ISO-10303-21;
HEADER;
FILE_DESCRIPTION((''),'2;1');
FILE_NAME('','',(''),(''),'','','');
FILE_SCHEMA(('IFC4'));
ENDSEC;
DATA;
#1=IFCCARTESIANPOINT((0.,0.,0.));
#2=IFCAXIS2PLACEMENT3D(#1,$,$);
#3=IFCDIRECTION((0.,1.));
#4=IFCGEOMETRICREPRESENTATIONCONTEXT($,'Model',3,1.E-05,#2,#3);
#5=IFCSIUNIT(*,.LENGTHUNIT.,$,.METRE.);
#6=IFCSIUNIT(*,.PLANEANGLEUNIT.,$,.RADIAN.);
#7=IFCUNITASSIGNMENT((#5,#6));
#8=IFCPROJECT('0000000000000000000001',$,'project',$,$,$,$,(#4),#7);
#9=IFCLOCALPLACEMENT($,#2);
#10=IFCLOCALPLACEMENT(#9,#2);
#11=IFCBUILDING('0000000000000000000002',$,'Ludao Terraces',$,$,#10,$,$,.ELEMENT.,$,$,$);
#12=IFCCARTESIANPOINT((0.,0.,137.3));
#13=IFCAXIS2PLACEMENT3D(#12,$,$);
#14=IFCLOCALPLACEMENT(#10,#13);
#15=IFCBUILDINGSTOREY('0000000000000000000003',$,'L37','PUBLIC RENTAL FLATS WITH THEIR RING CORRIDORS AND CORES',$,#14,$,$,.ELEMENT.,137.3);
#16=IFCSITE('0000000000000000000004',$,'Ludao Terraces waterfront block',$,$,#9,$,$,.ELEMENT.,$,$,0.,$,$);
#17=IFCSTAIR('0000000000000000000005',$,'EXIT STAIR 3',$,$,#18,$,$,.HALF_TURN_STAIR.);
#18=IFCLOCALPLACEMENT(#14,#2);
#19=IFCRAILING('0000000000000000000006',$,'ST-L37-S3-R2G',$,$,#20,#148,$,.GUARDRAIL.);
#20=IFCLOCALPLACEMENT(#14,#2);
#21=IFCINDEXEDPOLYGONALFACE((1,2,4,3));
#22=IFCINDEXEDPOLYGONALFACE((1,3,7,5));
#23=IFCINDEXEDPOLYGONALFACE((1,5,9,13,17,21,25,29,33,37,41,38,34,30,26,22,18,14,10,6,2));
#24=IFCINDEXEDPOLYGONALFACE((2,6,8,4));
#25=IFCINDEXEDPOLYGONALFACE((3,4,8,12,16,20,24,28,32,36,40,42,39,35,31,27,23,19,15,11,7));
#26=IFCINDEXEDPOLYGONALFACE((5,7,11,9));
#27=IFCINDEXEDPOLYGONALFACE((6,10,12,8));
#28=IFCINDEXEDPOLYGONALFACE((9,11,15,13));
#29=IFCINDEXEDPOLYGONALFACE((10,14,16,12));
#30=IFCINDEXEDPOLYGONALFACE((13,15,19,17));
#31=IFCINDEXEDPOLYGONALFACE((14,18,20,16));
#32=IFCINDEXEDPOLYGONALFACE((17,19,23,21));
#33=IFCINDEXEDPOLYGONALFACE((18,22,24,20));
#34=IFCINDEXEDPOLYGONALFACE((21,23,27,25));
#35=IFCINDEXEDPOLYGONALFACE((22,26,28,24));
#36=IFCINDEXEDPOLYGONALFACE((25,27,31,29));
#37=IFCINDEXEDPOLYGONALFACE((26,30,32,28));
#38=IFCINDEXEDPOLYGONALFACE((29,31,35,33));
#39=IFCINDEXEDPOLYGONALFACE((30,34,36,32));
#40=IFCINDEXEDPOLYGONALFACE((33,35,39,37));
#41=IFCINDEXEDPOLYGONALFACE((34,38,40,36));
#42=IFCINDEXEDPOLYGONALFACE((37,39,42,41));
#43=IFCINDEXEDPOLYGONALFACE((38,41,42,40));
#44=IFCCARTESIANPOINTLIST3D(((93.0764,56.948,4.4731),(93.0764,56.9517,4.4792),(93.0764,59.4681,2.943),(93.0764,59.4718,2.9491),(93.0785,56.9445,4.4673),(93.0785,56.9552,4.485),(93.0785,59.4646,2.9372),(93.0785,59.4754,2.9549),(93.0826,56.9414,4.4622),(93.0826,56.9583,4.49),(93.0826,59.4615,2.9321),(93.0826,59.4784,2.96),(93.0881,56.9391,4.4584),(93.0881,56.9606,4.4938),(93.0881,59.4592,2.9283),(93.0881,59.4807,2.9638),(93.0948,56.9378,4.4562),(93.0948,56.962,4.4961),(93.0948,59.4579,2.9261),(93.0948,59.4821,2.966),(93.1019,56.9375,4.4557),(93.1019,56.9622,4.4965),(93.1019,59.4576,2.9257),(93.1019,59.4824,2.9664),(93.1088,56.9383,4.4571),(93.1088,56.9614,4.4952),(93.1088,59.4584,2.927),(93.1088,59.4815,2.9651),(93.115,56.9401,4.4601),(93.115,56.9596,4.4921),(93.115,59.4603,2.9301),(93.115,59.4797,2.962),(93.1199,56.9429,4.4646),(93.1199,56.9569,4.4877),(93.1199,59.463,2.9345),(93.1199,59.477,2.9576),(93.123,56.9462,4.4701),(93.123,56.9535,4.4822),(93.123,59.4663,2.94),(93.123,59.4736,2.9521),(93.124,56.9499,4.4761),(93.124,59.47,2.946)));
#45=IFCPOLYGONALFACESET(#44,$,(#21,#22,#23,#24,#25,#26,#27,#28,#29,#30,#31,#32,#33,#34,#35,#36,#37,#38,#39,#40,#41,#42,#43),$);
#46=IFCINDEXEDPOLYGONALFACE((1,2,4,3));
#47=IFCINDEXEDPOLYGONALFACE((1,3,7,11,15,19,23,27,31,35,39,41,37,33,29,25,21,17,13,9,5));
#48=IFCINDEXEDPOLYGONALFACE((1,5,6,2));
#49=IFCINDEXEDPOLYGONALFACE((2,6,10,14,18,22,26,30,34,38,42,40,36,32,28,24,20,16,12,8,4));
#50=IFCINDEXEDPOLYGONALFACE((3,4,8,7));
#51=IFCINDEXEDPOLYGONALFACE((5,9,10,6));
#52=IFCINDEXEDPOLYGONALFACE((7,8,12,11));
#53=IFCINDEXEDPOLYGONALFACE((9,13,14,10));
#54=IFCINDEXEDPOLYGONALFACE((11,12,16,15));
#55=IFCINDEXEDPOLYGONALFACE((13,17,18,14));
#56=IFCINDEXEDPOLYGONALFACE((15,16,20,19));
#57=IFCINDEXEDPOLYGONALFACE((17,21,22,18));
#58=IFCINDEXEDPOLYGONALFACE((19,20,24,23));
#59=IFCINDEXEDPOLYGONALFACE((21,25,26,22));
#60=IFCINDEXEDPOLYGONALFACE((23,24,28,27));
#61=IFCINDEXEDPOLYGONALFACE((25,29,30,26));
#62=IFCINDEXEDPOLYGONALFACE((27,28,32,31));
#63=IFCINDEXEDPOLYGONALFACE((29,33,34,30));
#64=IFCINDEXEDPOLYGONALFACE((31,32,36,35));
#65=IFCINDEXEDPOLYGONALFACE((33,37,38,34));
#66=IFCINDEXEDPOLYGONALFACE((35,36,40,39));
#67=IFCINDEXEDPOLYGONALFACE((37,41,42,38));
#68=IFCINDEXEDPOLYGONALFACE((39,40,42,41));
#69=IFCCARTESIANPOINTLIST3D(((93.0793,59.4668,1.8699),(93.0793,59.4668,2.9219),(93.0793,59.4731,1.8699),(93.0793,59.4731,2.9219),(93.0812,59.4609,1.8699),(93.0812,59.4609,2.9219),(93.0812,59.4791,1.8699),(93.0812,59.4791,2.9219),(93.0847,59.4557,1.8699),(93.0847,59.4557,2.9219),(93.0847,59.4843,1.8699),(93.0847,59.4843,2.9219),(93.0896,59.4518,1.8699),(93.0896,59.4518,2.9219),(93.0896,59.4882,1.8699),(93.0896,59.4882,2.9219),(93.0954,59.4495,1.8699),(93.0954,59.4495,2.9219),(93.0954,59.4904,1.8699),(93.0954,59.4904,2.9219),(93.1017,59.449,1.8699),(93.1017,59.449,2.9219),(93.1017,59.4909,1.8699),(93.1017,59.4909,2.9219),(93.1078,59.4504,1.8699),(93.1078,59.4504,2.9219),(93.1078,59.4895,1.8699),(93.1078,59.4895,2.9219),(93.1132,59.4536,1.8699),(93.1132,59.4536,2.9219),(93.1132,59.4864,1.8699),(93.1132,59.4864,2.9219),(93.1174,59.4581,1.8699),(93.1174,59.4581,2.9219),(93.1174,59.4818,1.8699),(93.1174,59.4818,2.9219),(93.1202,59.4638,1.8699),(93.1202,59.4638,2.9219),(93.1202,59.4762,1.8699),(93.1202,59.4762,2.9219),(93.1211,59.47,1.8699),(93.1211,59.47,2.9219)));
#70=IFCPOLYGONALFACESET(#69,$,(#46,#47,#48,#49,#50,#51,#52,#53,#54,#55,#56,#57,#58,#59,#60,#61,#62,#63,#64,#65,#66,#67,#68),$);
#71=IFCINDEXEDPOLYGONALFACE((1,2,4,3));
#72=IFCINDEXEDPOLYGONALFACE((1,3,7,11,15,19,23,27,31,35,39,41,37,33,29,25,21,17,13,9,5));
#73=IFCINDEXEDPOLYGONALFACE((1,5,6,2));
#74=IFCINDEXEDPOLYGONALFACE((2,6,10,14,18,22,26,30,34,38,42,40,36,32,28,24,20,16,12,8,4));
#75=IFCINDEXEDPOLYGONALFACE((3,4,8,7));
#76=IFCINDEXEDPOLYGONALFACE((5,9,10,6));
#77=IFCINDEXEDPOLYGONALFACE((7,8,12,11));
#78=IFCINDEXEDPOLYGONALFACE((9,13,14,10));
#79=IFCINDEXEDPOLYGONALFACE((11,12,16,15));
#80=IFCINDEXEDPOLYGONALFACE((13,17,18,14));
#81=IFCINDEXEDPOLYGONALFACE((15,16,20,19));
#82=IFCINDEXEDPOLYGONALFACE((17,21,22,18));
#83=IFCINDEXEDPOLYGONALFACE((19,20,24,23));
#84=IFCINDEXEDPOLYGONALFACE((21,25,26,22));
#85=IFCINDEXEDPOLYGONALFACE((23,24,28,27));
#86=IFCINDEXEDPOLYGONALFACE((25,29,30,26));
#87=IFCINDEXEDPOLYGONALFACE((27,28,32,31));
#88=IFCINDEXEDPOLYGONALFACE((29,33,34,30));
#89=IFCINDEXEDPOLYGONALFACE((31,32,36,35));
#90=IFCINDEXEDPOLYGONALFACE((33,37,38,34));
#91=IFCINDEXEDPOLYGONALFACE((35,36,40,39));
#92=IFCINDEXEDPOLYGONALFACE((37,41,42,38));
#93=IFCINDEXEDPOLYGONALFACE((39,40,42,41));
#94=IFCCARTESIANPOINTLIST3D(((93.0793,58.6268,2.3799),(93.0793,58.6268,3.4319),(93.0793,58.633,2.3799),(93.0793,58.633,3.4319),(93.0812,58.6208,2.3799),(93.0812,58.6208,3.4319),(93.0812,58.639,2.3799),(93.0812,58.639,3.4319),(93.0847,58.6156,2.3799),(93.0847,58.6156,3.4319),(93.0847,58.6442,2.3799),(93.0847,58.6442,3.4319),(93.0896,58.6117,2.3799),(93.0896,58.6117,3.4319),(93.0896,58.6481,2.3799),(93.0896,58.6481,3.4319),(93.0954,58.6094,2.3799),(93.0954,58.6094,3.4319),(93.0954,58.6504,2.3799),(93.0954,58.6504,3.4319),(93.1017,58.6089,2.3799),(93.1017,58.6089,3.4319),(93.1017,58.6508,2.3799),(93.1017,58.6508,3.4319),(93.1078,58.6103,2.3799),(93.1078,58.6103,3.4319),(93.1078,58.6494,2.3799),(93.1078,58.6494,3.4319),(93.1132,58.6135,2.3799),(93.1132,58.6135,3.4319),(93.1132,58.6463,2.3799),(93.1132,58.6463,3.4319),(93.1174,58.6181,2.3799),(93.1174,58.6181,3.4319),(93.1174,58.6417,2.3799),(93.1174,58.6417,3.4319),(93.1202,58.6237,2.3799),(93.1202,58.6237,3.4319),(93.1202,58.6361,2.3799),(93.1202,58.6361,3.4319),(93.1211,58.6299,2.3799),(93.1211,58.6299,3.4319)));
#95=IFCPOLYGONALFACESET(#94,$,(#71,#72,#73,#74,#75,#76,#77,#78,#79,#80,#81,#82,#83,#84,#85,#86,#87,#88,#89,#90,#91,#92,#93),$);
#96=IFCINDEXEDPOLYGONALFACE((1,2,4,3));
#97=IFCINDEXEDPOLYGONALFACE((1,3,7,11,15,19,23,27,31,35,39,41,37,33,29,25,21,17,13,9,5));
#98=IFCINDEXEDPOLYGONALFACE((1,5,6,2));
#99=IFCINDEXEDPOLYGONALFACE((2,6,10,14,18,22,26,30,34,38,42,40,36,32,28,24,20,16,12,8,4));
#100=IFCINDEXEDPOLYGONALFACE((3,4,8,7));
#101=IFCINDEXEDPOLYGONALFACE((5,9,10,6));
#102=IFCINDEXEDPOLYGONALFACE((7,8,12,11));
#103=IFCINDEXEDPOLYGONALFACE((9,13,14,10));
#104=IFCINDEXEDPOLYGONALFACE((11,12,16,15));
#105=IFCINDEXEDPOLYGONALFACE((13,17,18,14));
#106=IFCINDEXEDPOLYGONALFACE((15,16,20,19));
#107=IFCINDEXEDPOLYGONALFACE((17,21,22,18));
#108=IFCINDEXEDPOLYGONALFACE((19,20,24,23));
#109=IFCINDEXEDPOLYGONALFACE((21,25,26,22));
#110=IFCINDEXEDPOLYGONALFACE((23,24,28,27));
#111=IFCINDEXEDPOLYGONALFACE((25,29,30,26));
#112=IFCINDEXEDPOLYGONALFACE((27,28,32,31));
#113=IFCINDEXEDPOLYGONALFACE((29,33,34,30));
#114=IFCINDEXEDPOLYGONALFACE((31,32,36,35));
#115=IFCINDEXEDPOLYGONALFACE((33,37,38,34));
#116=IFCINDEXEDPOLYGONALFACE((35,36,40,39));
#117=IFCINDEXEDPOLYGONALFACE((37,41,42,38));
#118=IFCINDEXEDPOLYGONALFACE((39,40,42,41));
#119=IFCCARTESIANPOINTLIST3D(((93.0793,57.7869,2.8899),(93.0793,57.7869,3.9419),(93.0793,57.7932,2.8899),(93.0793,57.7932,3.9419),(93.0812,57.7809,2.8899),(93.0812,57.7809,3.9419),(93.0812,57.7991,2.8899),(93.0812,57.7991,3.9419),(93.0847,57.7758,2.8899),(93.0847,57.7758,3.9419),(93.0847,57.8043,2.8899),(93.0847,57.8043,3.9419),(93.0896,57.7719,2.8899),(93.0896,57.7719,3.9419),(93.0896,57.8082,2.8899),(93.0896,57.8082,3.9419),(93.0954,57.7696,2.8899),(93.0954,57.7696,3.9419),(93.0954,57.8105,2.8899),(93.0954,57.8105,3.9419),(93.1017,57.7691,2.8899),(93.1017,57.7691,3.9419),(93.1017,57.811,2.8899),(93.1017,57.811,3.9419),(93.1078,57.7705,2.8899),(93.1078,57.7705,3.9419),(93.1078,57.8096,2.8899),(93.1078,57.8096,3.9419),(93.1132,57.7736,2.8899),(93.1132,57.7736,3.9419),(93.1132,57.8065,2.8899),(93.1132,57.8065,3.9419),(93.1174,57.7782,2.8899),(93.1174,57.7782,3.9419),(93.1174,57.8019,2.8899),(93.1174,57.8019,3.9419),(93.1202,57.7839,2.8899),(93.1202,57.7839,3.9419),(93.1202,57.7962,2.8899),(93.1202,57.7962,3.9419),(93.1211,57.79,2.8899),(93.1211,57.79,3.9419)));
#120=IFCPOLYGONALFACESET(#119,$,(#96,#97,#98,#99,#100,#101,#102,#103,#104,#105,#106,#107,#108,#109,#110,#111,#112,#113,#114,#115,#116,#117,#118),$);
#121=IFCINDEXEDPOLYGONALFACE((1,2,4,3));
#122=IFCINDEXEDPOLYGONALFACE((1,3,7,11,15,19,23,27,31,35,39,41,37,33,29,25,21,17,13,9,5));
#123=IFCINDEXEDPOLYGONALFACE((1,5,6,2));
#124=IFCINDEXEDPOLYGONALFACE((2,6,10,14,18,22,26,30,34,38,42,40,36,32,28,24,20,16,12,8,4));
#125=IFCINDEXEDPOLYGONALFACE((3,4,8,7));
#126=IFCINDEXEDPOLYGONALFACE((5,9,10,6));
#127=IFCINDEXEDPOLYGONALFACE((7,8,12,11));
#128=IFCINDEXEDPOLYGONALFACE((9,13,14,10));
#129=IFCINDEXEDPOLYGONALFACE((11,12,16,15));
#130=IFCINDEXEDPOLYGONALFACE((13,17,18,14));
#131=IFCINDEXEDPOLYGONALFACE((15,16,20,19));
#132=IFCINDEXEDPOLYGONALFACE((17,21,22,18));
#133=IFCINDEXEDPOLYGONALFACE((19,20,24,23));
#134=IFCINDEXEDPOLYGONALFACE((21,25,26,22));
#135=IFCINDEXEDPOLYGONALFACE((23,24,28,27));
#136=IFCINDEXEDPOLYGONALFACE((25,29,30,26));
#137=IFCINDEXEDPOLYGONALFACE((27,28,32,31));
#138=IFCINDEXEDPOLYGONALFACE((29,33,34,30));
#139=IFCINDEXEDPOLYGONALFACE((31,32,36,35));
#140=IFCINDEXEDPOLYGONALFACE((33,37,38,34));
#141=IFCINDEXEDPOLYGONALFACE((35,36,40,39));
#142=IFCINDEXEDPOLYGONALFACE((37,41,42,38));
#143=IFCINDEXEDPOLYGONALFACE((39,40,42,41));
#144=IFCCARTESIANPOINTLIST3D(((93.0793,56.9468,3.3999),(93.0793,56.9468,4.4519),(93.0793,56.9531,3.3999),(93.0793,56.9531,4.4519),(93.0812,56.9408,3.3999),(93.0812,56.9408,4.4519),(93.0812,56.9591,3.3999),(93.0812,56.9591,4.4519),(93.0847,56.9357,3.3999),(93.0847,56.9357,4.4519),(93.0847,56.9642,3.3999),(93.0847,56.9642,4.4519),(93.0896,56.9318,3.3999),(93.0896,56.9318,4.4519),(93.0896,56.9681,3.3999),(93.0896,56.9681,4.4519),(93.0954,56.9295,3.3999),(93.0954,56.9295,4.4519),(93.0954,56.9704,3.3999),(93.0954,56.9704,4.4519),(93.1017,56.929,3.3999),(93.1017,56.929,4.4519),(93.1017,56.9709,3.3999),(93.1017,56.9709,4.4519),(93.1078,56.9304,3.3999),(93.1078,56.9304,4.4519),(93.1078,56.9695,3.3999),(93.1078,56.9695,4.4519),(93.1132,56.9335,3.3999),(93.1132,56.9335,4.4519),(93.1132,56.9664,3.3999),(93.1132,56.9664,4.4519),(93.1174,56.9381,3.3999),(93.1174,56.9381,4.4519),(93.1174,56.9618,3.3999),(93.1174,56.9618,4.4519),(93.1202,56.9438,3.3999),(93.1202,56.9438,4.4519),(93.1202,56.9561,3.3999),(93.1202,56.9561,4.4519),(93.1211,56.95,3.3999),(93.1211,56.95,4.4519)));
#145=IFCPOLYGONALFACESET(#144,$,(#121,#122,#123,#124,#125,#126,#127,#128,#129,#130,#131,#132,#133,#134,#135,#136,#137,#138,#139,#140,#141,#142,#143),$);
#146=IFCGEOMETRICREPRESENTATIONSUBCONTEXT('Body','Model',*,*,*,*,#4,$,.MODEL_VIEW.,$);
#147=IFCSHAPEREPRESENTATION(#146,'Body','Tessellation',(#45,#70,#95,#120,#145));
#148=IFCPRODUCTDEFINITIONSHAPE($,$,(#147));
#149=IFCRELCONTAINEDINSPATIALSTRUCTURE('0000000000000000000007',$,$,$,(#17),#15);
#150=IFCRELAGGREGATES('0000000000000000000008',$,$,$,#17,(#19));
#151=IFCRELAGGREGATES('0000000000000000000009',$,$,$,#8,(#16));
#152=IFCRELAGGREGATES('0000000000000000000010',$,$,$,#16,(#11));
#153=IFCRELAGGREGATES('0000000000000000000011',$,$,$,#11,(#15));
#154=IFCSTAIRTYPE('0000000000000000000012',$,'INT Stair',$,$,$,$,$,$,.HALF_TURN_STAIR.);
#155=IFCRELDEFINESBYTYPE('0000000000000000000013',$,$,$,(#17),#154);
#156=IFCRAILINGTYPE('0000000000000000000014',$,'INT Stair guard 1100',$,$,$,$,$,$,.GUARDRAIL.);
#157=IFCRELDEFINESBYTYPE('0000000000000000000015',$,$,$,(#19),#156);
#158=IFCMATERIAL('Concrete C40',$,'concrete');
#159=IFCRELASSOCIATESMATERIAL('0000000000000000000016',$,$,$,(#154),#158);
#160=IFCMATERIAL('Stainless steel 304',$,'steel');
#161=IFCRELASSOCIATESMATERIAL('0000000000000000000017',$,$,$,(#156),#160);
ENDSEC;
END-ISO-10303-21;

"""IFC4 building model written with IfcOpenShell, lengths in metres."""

from ifc_helpers import new_model, si_unit, direction, frame, origin, origin_2d, place, context, subcontext, project, spatial, circle, extrude, material, type_object, element, aggregate, save


model = new_model("IFC4")

# Units and contexts
model_context = context("Model", 3, precision=1e-05, world=origin(), true_north=direction((0.0, 1.0)))
body_context = subcontext(model_context, "Body", "Model", "MODEL_VIEW")
ifc_project = project(units=[si_unit("LENGTHUNIT", "METRE"), si_unit("PLANEANGLEUNIT", "RADIAN")], contexts=[model_context])

# Site, building, storey
site_placement = place(None, origin())
site = spatial("IfcSite", under=ifc_project, at=site_placement, Name="Ludao Terraces waterfront block", CompositionType="ELEMENT", RefElevation=0.0)
building_placement = place(site_placement, origin())
building = spatial("IfcBuilding", under=site, at=building_placement, Name="Ludao Terraces", CompositionType="ELEMENT")
storey_placement = place(building_placement, frame((0.0, 0.0, 137.3)))
storey = spatial("IfcBuildingStorey", under=building, at=storey_placement, Name="L37", Description="PUBLIC RENTAL FLATS WITH THEIR RING CORRIDORS AND CORES", CompositionType="ELEMENT", Elevation=137.3)

# Shared definitions
ifc_material_1 = material(Name="Concrete C40", Category="concrete")

# Stair, railing
stair_type = type_object("IfcStairType", Name="INT Stair", PredefinedType="HALF_TURN_STAIR", material=ifc_material_1)
stair_placement = place(storey_placement, origin())
stair = element("IfcStair", 1, at=stair_placement, inside=storey, type_object=stair_type, Name="EXIT STAIR 3", PredefinedType="HALF_TURN_STAIR")
ifc_material_2 = material(Name="Stainless steel 304", Category="steel")
railing_type_1 = type_object("IfcRailingType", Name="INT Stair guard 1100", PredefinedType="GUARDRAIL", material=ifc_material_2)
railing_1_placement = place(storey_placement, frame((93.1001, 59.47, 1.8699)))
railing_1 = element("IfcRailing", 2, at=railing_1_placement, type_object=railing_type_1, Name="ST-L37-S3-R2G", PredefinedType="GUARDRAIL", context=body_context, shape_type="SweptSolid", body=[
    extrude(circle(Radius=0.0239, at=origin_2d()), frame((0.0, 0.0, 1.0762), z_axis=(0.0, -0.854785, 0.518982), x_axis=(1.0, 0.0, 0.0)), (0.0, 0.0, 1.0), 2.9482),
    extrude(circle(Radius=0.021, at=origin_2d()), origin(), (0.0, 0.0, 1.0), 1.052),
    extrude(circle(Radius=0.021, at=origin_2d()), frame((0.0, -0.8401, 0.51)), (0.0, 0.0, 1.0), 1.052),
    extrude(circle(Radius=0.021, at=origin_2d()), frame((0.0, -1.6799, 1.02)), (0.0, 0.0, 1.0), 1.052),
    extrude(circle(Radius=0.021, at=origin_2d()), frame((0.0, -2.52, 1.53)), (0.0, 0.0, 1.0), 1.052),
])
aggregate(stair, [railing_1])

save(model, "model.ifc")
